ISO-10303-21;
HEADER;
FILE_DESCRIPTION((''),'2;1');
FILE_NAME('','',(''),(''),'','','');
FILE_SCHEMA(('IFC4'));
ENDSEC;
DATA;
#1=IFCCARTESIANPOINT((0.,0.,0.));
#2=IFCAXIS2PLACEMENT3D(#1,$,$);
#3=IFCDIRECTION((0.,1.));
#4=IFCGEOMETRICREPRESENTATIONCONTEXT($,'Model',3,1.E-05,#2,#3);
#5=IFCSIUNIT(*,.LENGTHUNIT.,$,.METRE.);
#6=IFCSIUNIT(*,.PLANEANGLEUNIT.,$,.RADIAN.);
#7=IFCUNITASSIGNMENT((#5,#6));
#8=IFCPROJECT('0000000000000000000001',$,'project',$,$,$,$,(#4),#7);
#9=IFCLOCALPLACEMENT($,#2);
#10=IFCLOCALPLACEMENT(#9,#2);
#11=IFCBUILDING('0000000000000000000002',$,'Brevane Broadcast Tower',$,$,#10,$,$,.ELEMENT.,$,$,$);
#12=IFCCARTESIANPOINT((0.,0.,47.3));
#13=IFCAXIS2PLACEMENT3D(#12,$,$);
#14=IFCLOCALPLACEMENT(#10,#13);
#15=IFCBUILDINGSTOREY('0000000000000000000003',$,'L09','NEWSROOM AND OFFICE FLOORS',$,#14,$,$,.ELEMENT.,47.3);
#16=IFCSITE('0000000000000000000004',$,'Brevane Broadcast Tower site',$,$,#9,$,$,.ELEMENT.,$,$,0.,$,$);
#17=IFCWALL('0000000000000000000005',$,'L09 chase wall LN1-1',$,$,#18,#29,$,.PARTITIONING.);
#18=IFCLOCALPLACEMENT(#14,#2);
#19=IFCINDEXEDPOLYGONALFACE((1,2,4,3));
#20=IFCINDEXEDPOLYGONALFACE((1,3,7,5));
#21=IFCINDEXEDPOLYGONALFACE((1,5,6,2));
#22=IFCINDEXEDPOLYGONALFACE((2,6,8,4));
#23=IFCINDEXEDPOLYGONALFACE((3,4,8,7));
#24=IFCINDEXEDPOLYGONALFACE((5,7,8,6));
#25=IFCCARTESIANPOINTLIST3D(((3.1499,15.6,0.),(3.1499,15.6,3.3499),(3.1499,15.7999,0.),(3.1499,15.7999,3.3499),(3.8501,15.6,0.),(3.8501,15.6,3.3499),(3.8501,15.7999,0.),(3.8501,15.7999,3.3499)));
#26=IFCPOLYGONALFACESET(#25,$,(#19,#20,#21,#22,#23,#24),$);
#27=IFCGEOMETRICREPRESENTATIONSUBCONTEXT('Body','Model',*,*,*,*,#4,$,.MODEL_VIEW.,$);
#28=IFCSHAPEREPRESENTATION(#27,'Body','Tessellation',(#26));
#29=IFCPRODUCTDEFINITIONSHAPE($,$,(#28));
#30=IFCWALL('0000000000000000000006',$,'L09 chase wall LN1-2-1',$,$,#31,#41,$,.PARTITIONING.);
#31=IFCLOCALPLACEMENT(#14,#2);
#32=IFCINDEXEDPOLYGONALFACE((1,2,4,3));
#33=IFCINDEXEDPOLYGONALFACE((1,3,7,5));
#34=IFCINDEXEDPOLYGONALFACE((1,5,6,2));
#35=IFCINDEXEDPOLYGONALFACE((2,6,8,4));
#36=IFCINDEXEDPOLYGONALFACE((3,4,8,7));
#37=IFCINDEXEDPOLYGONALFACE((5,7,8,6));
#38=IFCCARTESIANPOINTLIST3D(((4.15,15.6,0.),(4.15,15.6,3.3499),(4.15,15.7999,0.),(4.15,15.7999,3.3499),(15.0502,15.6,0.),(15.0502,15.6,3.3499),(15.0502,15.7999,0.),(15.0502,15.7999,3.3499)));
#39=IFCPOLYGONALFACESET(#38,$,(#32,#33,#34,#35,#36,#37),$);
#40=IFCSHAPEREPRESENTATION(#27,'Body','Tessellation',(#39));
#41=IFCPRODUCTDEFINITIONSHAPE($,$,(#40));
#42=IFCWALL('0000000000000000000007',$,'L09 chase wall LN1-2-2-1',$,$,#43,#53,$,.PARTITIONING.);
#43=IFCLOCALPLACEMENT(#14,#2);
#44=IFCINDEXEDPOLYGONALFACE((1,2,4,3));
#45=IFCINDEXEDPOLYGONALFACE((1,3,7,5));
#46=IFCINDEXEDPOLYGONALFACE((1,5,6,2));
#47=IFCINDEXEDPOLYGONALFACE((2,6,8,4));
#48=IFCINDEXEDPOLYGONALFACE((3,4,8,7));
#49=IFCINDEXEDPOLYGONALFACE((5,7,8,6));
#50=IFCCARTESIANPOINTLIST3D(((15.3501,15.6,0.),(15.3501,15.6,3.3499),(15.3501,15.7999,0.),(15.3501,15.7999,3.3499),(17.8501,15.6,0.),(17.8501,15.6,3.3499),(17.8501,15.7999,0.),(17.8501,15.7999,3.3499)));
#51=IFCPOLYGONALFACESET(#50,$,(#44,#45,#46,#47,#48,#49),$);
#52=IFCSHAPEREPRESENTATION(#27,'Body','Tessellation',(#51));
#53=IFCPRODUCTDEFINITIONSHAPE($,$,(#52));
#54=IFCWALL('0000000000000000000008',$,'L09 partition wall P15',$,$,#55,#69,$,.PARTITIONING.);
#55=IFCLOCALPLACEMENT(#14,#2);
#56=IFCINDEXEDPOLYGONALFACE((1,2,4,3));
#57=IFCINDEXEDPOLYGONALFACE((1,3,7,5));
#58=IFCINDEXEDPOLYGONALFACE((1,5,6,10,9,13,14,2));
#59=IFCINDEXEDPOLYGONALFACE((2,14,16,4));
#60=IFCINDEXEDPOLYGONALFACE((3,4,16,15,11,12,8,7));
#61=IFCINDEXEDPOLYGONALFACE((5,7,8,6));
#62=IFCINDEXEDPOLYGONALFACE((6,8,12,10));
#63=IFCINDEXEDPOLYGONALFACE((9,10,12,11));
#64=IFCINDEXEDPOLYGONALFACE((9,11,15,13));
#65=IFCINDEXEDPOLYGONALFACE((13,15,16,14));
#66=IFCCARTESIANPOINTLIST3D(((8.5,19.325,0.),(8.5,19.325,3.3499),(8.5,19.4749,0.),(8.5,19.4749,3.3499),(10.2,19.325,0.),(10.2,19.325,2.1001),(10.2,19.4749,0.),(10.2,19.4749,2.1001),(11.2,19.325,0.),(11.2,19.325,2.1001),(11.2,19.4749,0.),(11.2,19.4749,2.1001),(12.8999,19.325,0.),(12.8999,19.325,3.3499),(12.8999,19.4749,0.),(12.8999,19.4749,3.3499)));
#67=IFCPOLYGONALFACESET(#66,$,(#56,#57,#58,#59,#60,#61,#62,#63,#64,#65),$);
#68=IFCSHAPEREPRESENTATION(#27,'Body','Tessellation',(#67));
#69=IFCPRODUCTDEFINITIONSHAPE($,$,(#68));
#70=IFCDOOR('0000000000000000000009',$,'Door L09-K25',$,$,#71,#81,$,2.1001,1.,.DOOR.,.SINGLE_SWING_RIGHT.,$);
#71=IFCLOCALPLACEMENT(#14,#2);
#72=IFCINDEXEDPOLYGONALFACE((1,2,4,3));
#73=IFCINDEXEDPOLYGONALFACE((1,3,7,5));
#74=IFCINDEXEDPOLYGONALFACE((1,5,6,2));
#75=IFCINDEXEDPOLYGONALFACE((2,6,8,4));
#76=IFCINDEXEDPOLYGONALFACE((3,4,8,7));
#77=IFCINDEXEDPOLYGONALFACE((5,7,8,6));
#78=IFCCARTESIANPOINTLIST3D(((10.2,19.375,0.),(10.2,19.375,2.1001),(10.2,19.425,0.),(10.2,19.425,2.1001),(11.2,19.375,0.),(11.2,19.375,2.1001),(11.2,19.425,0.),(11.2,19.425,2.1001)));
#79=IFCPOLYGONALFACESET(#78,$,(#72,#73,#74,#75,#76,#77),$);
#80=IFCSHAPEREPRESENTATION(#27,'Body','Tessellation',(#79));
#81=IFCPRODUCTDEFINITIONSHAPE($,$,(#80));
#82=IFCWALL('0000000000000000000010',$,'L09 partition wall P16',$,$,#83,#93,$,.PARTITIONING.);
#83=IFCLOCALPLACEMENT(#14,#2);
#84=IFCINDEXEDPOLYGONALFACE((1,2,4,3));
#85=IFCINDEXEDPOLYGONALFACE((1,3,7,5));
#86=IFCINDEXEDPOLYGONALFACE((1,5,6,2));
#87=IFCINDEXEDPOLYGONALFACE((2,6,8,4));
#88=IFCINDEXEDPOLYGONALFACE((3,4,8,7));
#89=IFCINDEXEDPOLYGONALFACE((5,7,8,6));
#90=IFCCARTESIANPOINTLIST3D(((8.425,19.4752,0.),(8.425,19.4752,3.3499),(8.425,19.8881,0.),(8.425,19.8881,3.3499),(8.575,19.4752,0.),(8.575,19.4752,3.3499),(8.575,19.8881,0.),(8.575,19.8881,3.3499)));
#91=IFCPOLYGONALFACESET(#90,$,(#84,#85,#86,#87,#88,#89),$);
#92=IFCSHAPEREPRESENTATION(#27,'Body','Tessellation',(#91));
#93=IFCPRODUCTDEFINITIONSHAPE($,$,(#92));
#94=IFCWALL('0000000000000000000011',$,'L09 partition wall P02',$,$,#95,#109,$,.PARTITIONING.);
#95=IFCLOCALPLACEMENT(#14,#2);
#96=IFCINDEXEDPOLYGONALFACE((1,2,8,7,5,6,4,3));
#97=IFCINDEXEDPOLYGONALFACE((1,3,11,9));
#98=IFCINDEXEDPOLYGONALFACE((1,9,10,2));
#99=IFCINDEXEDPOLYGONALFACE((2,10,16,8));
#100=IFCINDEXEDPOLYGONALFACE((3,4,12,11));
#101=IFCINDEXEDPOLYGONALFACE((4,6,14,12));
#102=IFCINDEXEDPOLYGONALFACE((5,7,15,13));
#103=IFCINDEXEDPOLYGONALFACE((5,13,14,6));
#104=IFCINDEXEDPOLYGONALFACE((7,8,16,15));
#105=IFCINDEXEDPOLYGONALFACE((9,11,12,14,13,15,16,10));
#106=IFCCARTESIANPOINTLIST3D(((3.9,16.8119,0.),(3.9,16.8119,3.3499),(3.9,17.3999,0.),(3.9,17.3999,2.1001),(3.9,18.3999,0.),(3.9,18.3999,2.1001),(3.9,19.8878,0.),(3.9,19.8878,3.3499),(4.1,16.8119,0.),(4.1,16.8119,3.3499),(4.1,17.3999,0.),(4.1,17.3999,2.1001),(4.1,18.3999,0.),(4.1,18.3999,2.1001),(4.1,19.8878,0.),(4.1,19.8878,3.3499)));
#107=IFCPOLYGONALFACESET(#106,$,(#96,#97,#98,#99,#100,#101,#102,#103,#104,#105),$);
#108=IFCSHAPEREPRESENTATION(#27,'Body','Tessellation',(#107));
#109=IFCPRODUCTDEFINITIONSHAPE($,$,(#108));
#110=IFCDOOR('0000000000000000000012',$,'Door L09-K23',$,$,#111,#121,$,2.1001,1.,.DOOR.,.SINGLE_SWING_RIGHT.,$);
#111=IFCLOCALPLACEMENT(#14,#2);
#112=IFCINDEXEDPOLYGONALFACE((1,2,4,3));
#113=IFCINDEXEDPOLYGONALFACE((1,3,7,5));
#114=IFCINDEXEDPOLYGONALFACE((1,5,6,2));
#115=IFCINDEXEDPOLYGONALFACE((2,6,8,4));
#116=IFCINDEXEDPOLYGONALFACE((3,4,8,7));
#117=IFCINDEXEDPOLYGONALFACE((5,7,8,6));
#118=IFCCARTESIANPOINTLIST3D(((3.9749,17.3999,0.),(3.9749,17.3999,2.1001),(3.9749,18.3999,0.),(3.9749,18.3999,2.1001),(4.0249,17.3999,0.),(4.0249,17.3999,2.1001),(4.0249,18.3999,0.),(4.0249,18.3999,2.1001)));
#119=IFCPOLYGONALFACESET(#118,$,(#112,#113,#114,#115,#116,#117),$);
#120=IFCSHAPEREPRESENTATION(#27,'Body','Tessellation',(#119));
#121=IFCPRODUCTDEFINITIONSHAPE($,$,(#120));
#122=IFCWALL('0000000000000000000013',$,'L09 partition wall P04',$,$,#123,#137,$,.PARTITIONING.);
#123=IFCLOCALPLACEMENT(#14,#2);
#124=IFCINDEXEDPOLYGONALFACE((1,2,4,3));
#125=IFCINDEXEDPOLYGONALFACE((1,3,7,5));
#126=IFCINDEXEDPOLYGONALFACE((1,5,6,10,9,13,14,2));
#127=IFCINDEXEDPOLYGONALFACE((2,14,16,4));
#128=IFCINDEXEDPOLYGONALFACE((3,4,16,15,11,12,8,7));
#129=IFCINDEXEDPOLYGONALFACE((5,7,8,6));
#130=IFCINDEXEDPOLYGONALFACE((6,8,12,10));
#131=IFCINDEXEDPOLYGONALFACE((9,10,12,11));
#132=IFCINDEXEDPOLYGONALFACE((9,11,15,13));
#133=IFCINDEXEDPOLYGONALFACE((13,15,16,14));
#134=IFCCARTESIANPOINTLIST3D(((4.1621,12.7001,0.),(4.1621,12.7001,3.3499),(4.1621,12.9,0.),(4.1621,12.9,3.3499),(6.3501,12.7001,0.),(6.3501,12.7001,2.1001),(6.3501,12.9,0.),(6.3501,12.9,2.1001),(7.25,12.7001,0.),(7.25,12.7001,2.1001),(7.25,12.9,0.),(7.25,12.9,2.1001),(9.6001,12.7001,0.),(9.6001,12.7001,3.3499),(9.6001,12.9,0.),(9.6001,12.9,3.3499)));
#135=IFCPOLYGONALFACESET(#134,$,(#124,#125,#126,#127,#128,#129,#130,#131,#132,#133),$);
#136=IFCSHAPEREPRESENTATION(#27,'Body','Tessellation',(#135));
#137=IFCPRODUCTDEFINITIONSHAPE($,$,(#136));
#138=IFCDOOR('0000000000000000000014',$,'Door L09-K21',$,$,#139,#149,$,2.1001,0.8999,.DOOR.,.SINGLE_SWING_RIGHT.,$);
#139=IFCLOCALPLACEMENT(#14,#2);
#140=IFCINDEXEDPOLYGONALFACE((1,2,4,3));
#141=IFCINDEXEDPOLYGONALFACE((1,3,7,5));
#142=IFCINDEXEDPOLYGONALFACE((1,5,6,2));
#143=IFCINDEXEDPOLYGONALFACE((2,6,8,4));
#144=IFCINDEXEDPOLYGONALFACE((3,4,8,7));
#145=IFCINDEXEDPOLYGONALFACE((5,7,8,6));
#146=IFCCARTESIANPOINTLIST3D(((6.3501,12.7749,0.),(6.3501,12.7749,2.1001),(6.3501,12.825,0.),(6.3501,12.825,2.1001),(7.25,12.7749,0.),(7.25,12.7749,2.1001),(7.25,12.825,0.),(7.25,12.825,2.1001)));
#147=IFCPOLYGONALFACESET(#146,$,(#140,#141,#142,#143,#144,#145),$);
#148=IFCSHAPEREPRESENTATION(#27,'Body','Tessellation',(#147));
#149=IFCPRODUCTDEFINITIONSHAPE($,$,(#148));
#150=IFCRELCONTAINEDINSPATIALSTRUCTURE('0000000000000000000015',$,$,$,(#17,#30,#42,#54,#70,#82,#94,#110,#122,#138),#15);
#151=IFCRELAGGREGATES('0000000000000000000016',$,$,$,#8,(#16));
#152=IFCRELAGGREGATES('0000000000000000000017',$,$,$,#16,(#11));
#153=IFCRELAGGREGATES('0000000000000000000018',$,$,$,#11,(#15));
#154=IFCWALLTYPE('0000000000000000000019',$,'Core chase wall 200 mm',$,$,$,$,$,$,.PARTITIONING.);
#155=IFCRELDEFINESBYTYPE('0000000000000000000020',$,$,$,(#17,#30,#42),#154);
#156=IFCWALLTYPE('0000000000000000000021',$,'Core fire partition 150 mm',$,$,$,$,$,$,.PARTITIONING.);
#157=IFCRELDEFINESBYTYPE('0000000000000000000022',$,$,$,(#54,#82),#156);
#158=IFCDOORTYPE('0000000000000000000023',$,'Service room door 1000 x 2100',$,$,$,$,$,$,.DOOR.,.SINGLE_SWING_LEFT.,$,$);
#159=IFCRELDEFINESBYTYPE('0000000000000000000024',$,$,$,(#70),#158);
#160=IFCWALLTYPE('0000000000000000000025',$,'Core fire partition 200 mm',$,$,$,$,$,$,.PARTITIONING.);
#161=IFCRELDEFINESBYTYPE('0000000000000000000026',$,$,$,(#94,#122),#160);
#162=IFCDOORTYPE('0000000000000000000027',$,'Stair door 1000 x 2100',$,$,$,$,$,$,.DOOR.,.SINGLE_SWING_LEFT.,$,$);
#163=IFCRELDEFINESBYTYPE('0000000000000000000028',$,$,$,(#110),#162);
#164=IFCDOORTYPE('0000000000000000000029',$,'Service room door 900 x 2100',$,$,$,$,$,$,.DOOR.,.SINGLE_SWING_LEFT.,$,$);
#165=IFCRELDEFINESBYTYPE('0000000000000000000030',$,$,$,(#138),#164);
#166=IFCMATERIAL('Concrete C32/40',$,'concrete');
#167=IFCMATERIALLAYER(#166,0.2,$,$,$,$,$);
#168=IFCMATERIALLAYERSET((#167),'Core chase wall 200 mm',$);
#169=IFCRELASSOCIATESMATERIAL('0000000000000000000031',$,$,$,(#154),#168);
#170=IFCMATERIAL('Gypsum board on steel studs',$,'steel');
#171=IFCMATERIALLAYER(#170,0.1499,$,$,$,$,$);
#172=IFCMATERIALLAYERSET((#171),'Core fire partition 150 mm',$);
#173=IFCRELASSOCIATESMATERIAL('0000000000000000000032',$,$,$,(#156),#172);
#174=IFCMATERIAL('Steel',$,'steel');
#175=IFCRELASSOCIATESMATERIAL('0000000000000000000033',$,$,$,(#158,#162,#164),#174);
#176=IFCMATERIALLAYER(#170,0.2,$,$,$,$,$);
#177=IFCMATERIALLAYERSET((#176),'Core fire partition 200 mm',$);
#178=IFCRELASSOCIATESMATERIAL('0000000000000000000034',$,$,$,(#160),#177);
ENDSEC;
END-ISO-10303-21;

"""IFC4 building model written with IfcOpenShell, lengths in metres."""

from ifc_helpers import new_model, si_unit, direction, frame, frame_2d, origin, place, context, subcontext, project, spatial, rectangle, extrude, material, layer, layer_set, type_object, element, fill, save


model = new_model("IFC4")

# Units and contexts
model_context = context("Model", 3, precision=1e-05, world=origin(), true_north=direction((0.0, 1.0)))
body_context = subcontext(model_context, "Body", "Model", "MODEL_VIEW")
ifc_project = project(units=[si_unit("LENGTHUNIT", "METRE"), si_unit("PLANEANGLEUNIT", "RADIAN")], contexts=[model_context])

# Site, building, storey
site_placement = place(None, origin())
site = spatial("IfcSite", under=ifc_project, at=site_placement, Name="Brevane Broadcast Tower site", CompositionType="ELEMENT", RefElevation=0.0)
building_placement = place(site_placement, origin())
building = spatial("IfcBuilding", under=site, at=building_placement, Name="Brevane Broadcast Tower", CompositionType="ELEMENT")
storey_placement = place(building_placement, frame((0.0, 0.0, 47.3)))
storey = spatial("IfcBuildingStorey", under=building, at=storey_placement, Name="L09", Description="NEWSROOM AND OFFICE FLOORS", CompositionType="ELEMENT", Elevation=47.3)

# Walls
ifc_material_1 = material(Name="Concrete C32/40", Category="concrete")
ifc_layer_1 = layer(ifc_material_1, 0.2)
ifc_layer_set_1 = layer_set([ifc_layer_1], Name="Core chase wall 200 mm")
wall_type_1 = type_object("IfcWallType", Name="Core chase wall 200 mm", PredefinedType="PARTITIONING", material=ifc_layer_set_1)
wall_1_placement = place(storey_placement, frame((3.1499, 15.7, 0.0), z_axis=(0.0, 0.0, 1.0), x_axis=(1.0, 0.0, 0.0)))
element("IfcWall", 1, at=wall_1_placement, inside=storey, type_object=wall_type_1, Name="L09 chase wall LN1-1", PredefinedType="PARTITIONING", context=body_context, shape_type="SweptSolid", body=[
    extrude(rectangle(XDim=0.7002, YDim=0.2, at=frame_2d((0.3501, 0.0))), origin(), (0.0, 0.0, 1.0), 3.3499),
])
wall_2_placement = place(storey_placement, frame((4.1499, 15.7, 0.0), z_axis=(0.0, 0.0, 1.0), x_axis=(1.0, 0.0, 0.0)))
element("IfcWall", 2, at=wall_2_placement, inside=storey, type_object=wall_type_1, Name="L09 chase wall LN1-2-1", PredefinedType="PARTITIONING", context=body_context, shape_type="SweptSolid", body=[
    extrude(rectangle(XDim=10.9001, YDim=0.2, at=frame_2d((5.4502, 0.0))), origin(), (0.0, 0.0, 1.0), 3.3499),
])
wall_3_placement = place(storey_placement, frame((15.3501, 15.7, 0.0), z_axis=(0.0, 0.0, 1.0), x_axis=(1.0, 0.0, 0.0)))
element("IfcWall", 3, at=wall_3_placement, inside=storey, type_object=wall_type_1, Name="L09 chase wall LN1-2-2-1", PredefinedType="PARTITIONING", context=body_context, shape_type="SweptSolid", body=[
    extrude(rectangle(XDim=2.5, YDim=0.2, at=frame_2d((1.25, 0.0))), origin(), (0.0, 0.0, 1.0), 3.3499),
])

# Wall, opening, door
ifc_material_2 = material(Name="Gypsum board on steel studs", Category="steel")
ifc_layer_2 = layer(ifc_material_2, 0.1499)
ifc_layer_set_2 = layer_set([ifc_layer_2], Name="Core fire partition 150 mm")
wall_type_2 = type_object("IfcWallType", Name="Core fire partition 150 mm", PredefinedType="PARTITIONING", material=ifc_layer_set_2)
wall_4_placement = place(storey_placement, frame((12.8999, 19.3999, 0.0), z_axis=(0.0, 0.0, 1.0), x_axis=(-1.0, 0.0, 0.0)))
wall_4 = element("IfcWall", 4, at=wall_4_placement, inside=storey, type_object=wall_type_2, Name="L09 partition wall P15", PredefinedType="PARTITIONING", context=body_context, shape_type="SweptSolid", body=[
    extrude(rectangle(XDim=4.3999, YDim=0.1499, at=frame_2d((2.2, 0.0))), origin(), (0.0, 0.0, 1.0), 3.3499),
])
opening_1_placement = place(wall_4_placement, frame((1.7, 0.0, 0.0)))
opening_1 = element("IfcOpeningElement", 5, at=opening_1_placement, cuts=wall_4, PredefinedType="OPENING", context=body_context, shape_type="SweptSolid", body=[
    extrude(rectangle(XDim=1.0, YDim=2.1001, at=frame_2d((0.5, 1.05))), frame((0.0, 0.085, 0.0), z_axis=(0.0, -1.0, 0.0), x_axis=(1.0, 0.0, 0.0)), (0.0, 0.0, 1.0), 0.1699),
])
ifc_material_3 = material(Name="Steel", Category="steel")
door_type_1 = type_object("IfcDoorType", Name="Service room door 1000 x 2100", OperationType="SINGLE_SWING_LEFT", PredefinedType="DOOR", material=ifc_material_3)
door_1_placement = place(opening_1_placement, origin())
door_1 = element("IfcDoor", 6, at=door_1_placement, inside=storey, type_object=door_type_1, Name="Door L09-K25", OperationType="SINGLE_SWING_RIGHT", OverallHeight=2.1001, OverallWidth=1.0, PredefinedType="DOOR", context=body_context, shape_type="SweptSolid", body=[
    extrude(rectangle(XDim=1.0, YDim=2.1001, at=frame_2d((0.5, 1.05))), frame((0.0, 0.0249, 0.0), z_axis=(0.0, -1.0, 0.0), x_axis=(1.0, 0.0, 0.0)), (0.0, 0.0, 1.0), 0.05),
])
fill(opening_1, door_1)

# Wall
wall_5_placement = place(storey_placement, frame((8.5, 19.4751, 0.0), z_axis=(0.0, 0.0, 1.0), x_axis=(0.0, 1.0, 0.0)))
element("IfcWall", 7, at=wall_5_placement, inside=storey, type_object=wall_type_2, Name="L09 partition wall P16", PredefinedType="PARTITIONING", context=body_context, shape_type="SweptSolid", body=[
    extrude(rectangle(XDim=0.4128, YDim=0.1499, at=frame_2d((0.2065, 0.0))), origin(), (0.0, 0.0, 1.0), 3.3499),
])

# Walls, openings, doors
ifc_layer_3 = layer(ifc_material_2, 0.2)
ifc_layer_set_3 = layer_set([ifc_layer_3], Name="Core fire partition 200 mm")
wall_type_3 = type_object("IfcWallType", Name="Core fire partition 200 mm", PredefinedType="PARTITIONING", material=ifc_layer_set_3)
wall_6_placement = place(storey_placement, frame((4.0, 19.8879, 0.0), z_axis=(0.0, 0.0, 1.0), x_axis=(0.0, -1.0, 0.0)))
wall_6 = element("IfcWall", 8, at=wall_6_placement, inside=storey, type_object=wall_type_3, Name="L09 partition wall P02", PredefinedType="PARTITIONING", context=body_context, shape_type="SweptSolid", body=[
    extrude(rectangle(XDim=3.0759, YDim=0.2, at=frame_2d((1.5381, 0.0))), origin(), (0.0, 0.0, 1.0), 3.3499),
])
opening_2_placement = place(wall_6_placement, frame((1.488, 0.0, 0.0)))
opening_2 = element("IfcOpeningElement", 9, at=opening_2_placement, cuts=wall_6, PredefinedType="OPENING", context=body_context, shape_type="SweptSolid", body=[
    extrude(rectangle(XDim=1.0, YDim=2.1001, at=frame_2d((0.5, 1.05))), frame((0.0, 0.1099, 0.0), z_axis=(0.0, -1.0, 0.0), x_axis=(1.0, 0.0, 0.0)), (0.0, 0.0, 1.0), 0.22),
])
door_type_2 = type_object("IfcDoorType", Name="Stair door 1000 x 2100", OperationType="SINGLE_SWING_LEFT", PredefinedType="DOOR", material=ifc_material_3)
door_2_placement = place(opening_2_placement, origin())
door_2 = element("IfcDoor", 10, at=door_2_placement, inside=storey, type_object=door_type_2, Name="Door L09-K23", OperationType="SINGLE_SWING_RIGHT", OverallHeight=2.1001, OverallWidth=1.0, PredefinedType="DOOR", context=body_context, shape_type="SweptSolid", body=[
    extrude(rectangle(XDim=1.0, YDim=2.1001, at=frame_2d((0.5, 1.05))), frame((0.0, 0.0249, 0.0), z_axis=(0.0, -1.0, 0.0), x_axis=(1.0, 0.0, 0.0)), (0.0, 0.0, 1.0), 0.05),
])
fill(opening_2, door_2)
wall_7_placement = place(storey_placement, frame((4.1621, 12.8, 0.0), z_axis=(0.0, 0.0, 1.0), x_axis=(1.0, 0.0, 0.0)))
wall_7 = element("IfcWall", 11, at=wall_7_placement, inside=storey, type_object=wall_type_3, Name="L09 partition wall P04", PredefinedType="PARTITIONING", context=body_context, shape_type="SweptSolid", body=[
    extrude(rectangle(XDim=5.438, YDim=0.2, at=frame_2d((2.719, 0.0))), origin(), (0.0, 0.0, 1.0), 3.3499),
])
opening_3_placement = place(wall_7_placement, frame((2.188, 0.0, 0.0)))
opening_3 = element("IfcOpeningElement", 12, at=opening_3_placement, cuts=wall_7, PredefinedType="OPENING", context=body_context, shape_type="SweptSolid", body=[
    extrude(rectangle(XDim=0.8999, YDim=2.1001, at=frame_2d((0.45, 1.05))), frame((0.0, 0.1099, 0.0), z_axis=(0.0, -1.0, 0.0), x_axis=(1.0, 0.0, 0.0)), (0.0, 0.0, 1.0), 0.22),
])
door_type_3 = type_object("IfcDoorType", Name="Service room door 900 x 2100", OperationType="SINGLE_SWING_LEFT", PredefinedType="DOOR", material=ifc_material_3)
door_3_placement = place(opening_3_placement, origin())
door_3 = element("IfcDoor", 13, at=door_3_placement, inside=storey, type_object=door_type_3, Name="Door L09-K21", OperationType="SINGLE_SWING_RIGHT", OverallHeight=2.1001, OverallWidth=0.8999, PredefinedType="DOOR", context=body_context, shape_type="SweptSolid", body=[
    extrude(rectangle(XDim=0.8999, YDim=2.1001, at=frame_2d((0.45, 1.05))), frame((0.0, 0.0249, 0.0), z_axis=(0.0, -1.0, 0.0), x_axis=(1.0, 0.0, 0.0)), (0.0, 0.0, 1.0), 0.05),
])
fill(opening_3, door_3)

save(model, "model.ifc")
